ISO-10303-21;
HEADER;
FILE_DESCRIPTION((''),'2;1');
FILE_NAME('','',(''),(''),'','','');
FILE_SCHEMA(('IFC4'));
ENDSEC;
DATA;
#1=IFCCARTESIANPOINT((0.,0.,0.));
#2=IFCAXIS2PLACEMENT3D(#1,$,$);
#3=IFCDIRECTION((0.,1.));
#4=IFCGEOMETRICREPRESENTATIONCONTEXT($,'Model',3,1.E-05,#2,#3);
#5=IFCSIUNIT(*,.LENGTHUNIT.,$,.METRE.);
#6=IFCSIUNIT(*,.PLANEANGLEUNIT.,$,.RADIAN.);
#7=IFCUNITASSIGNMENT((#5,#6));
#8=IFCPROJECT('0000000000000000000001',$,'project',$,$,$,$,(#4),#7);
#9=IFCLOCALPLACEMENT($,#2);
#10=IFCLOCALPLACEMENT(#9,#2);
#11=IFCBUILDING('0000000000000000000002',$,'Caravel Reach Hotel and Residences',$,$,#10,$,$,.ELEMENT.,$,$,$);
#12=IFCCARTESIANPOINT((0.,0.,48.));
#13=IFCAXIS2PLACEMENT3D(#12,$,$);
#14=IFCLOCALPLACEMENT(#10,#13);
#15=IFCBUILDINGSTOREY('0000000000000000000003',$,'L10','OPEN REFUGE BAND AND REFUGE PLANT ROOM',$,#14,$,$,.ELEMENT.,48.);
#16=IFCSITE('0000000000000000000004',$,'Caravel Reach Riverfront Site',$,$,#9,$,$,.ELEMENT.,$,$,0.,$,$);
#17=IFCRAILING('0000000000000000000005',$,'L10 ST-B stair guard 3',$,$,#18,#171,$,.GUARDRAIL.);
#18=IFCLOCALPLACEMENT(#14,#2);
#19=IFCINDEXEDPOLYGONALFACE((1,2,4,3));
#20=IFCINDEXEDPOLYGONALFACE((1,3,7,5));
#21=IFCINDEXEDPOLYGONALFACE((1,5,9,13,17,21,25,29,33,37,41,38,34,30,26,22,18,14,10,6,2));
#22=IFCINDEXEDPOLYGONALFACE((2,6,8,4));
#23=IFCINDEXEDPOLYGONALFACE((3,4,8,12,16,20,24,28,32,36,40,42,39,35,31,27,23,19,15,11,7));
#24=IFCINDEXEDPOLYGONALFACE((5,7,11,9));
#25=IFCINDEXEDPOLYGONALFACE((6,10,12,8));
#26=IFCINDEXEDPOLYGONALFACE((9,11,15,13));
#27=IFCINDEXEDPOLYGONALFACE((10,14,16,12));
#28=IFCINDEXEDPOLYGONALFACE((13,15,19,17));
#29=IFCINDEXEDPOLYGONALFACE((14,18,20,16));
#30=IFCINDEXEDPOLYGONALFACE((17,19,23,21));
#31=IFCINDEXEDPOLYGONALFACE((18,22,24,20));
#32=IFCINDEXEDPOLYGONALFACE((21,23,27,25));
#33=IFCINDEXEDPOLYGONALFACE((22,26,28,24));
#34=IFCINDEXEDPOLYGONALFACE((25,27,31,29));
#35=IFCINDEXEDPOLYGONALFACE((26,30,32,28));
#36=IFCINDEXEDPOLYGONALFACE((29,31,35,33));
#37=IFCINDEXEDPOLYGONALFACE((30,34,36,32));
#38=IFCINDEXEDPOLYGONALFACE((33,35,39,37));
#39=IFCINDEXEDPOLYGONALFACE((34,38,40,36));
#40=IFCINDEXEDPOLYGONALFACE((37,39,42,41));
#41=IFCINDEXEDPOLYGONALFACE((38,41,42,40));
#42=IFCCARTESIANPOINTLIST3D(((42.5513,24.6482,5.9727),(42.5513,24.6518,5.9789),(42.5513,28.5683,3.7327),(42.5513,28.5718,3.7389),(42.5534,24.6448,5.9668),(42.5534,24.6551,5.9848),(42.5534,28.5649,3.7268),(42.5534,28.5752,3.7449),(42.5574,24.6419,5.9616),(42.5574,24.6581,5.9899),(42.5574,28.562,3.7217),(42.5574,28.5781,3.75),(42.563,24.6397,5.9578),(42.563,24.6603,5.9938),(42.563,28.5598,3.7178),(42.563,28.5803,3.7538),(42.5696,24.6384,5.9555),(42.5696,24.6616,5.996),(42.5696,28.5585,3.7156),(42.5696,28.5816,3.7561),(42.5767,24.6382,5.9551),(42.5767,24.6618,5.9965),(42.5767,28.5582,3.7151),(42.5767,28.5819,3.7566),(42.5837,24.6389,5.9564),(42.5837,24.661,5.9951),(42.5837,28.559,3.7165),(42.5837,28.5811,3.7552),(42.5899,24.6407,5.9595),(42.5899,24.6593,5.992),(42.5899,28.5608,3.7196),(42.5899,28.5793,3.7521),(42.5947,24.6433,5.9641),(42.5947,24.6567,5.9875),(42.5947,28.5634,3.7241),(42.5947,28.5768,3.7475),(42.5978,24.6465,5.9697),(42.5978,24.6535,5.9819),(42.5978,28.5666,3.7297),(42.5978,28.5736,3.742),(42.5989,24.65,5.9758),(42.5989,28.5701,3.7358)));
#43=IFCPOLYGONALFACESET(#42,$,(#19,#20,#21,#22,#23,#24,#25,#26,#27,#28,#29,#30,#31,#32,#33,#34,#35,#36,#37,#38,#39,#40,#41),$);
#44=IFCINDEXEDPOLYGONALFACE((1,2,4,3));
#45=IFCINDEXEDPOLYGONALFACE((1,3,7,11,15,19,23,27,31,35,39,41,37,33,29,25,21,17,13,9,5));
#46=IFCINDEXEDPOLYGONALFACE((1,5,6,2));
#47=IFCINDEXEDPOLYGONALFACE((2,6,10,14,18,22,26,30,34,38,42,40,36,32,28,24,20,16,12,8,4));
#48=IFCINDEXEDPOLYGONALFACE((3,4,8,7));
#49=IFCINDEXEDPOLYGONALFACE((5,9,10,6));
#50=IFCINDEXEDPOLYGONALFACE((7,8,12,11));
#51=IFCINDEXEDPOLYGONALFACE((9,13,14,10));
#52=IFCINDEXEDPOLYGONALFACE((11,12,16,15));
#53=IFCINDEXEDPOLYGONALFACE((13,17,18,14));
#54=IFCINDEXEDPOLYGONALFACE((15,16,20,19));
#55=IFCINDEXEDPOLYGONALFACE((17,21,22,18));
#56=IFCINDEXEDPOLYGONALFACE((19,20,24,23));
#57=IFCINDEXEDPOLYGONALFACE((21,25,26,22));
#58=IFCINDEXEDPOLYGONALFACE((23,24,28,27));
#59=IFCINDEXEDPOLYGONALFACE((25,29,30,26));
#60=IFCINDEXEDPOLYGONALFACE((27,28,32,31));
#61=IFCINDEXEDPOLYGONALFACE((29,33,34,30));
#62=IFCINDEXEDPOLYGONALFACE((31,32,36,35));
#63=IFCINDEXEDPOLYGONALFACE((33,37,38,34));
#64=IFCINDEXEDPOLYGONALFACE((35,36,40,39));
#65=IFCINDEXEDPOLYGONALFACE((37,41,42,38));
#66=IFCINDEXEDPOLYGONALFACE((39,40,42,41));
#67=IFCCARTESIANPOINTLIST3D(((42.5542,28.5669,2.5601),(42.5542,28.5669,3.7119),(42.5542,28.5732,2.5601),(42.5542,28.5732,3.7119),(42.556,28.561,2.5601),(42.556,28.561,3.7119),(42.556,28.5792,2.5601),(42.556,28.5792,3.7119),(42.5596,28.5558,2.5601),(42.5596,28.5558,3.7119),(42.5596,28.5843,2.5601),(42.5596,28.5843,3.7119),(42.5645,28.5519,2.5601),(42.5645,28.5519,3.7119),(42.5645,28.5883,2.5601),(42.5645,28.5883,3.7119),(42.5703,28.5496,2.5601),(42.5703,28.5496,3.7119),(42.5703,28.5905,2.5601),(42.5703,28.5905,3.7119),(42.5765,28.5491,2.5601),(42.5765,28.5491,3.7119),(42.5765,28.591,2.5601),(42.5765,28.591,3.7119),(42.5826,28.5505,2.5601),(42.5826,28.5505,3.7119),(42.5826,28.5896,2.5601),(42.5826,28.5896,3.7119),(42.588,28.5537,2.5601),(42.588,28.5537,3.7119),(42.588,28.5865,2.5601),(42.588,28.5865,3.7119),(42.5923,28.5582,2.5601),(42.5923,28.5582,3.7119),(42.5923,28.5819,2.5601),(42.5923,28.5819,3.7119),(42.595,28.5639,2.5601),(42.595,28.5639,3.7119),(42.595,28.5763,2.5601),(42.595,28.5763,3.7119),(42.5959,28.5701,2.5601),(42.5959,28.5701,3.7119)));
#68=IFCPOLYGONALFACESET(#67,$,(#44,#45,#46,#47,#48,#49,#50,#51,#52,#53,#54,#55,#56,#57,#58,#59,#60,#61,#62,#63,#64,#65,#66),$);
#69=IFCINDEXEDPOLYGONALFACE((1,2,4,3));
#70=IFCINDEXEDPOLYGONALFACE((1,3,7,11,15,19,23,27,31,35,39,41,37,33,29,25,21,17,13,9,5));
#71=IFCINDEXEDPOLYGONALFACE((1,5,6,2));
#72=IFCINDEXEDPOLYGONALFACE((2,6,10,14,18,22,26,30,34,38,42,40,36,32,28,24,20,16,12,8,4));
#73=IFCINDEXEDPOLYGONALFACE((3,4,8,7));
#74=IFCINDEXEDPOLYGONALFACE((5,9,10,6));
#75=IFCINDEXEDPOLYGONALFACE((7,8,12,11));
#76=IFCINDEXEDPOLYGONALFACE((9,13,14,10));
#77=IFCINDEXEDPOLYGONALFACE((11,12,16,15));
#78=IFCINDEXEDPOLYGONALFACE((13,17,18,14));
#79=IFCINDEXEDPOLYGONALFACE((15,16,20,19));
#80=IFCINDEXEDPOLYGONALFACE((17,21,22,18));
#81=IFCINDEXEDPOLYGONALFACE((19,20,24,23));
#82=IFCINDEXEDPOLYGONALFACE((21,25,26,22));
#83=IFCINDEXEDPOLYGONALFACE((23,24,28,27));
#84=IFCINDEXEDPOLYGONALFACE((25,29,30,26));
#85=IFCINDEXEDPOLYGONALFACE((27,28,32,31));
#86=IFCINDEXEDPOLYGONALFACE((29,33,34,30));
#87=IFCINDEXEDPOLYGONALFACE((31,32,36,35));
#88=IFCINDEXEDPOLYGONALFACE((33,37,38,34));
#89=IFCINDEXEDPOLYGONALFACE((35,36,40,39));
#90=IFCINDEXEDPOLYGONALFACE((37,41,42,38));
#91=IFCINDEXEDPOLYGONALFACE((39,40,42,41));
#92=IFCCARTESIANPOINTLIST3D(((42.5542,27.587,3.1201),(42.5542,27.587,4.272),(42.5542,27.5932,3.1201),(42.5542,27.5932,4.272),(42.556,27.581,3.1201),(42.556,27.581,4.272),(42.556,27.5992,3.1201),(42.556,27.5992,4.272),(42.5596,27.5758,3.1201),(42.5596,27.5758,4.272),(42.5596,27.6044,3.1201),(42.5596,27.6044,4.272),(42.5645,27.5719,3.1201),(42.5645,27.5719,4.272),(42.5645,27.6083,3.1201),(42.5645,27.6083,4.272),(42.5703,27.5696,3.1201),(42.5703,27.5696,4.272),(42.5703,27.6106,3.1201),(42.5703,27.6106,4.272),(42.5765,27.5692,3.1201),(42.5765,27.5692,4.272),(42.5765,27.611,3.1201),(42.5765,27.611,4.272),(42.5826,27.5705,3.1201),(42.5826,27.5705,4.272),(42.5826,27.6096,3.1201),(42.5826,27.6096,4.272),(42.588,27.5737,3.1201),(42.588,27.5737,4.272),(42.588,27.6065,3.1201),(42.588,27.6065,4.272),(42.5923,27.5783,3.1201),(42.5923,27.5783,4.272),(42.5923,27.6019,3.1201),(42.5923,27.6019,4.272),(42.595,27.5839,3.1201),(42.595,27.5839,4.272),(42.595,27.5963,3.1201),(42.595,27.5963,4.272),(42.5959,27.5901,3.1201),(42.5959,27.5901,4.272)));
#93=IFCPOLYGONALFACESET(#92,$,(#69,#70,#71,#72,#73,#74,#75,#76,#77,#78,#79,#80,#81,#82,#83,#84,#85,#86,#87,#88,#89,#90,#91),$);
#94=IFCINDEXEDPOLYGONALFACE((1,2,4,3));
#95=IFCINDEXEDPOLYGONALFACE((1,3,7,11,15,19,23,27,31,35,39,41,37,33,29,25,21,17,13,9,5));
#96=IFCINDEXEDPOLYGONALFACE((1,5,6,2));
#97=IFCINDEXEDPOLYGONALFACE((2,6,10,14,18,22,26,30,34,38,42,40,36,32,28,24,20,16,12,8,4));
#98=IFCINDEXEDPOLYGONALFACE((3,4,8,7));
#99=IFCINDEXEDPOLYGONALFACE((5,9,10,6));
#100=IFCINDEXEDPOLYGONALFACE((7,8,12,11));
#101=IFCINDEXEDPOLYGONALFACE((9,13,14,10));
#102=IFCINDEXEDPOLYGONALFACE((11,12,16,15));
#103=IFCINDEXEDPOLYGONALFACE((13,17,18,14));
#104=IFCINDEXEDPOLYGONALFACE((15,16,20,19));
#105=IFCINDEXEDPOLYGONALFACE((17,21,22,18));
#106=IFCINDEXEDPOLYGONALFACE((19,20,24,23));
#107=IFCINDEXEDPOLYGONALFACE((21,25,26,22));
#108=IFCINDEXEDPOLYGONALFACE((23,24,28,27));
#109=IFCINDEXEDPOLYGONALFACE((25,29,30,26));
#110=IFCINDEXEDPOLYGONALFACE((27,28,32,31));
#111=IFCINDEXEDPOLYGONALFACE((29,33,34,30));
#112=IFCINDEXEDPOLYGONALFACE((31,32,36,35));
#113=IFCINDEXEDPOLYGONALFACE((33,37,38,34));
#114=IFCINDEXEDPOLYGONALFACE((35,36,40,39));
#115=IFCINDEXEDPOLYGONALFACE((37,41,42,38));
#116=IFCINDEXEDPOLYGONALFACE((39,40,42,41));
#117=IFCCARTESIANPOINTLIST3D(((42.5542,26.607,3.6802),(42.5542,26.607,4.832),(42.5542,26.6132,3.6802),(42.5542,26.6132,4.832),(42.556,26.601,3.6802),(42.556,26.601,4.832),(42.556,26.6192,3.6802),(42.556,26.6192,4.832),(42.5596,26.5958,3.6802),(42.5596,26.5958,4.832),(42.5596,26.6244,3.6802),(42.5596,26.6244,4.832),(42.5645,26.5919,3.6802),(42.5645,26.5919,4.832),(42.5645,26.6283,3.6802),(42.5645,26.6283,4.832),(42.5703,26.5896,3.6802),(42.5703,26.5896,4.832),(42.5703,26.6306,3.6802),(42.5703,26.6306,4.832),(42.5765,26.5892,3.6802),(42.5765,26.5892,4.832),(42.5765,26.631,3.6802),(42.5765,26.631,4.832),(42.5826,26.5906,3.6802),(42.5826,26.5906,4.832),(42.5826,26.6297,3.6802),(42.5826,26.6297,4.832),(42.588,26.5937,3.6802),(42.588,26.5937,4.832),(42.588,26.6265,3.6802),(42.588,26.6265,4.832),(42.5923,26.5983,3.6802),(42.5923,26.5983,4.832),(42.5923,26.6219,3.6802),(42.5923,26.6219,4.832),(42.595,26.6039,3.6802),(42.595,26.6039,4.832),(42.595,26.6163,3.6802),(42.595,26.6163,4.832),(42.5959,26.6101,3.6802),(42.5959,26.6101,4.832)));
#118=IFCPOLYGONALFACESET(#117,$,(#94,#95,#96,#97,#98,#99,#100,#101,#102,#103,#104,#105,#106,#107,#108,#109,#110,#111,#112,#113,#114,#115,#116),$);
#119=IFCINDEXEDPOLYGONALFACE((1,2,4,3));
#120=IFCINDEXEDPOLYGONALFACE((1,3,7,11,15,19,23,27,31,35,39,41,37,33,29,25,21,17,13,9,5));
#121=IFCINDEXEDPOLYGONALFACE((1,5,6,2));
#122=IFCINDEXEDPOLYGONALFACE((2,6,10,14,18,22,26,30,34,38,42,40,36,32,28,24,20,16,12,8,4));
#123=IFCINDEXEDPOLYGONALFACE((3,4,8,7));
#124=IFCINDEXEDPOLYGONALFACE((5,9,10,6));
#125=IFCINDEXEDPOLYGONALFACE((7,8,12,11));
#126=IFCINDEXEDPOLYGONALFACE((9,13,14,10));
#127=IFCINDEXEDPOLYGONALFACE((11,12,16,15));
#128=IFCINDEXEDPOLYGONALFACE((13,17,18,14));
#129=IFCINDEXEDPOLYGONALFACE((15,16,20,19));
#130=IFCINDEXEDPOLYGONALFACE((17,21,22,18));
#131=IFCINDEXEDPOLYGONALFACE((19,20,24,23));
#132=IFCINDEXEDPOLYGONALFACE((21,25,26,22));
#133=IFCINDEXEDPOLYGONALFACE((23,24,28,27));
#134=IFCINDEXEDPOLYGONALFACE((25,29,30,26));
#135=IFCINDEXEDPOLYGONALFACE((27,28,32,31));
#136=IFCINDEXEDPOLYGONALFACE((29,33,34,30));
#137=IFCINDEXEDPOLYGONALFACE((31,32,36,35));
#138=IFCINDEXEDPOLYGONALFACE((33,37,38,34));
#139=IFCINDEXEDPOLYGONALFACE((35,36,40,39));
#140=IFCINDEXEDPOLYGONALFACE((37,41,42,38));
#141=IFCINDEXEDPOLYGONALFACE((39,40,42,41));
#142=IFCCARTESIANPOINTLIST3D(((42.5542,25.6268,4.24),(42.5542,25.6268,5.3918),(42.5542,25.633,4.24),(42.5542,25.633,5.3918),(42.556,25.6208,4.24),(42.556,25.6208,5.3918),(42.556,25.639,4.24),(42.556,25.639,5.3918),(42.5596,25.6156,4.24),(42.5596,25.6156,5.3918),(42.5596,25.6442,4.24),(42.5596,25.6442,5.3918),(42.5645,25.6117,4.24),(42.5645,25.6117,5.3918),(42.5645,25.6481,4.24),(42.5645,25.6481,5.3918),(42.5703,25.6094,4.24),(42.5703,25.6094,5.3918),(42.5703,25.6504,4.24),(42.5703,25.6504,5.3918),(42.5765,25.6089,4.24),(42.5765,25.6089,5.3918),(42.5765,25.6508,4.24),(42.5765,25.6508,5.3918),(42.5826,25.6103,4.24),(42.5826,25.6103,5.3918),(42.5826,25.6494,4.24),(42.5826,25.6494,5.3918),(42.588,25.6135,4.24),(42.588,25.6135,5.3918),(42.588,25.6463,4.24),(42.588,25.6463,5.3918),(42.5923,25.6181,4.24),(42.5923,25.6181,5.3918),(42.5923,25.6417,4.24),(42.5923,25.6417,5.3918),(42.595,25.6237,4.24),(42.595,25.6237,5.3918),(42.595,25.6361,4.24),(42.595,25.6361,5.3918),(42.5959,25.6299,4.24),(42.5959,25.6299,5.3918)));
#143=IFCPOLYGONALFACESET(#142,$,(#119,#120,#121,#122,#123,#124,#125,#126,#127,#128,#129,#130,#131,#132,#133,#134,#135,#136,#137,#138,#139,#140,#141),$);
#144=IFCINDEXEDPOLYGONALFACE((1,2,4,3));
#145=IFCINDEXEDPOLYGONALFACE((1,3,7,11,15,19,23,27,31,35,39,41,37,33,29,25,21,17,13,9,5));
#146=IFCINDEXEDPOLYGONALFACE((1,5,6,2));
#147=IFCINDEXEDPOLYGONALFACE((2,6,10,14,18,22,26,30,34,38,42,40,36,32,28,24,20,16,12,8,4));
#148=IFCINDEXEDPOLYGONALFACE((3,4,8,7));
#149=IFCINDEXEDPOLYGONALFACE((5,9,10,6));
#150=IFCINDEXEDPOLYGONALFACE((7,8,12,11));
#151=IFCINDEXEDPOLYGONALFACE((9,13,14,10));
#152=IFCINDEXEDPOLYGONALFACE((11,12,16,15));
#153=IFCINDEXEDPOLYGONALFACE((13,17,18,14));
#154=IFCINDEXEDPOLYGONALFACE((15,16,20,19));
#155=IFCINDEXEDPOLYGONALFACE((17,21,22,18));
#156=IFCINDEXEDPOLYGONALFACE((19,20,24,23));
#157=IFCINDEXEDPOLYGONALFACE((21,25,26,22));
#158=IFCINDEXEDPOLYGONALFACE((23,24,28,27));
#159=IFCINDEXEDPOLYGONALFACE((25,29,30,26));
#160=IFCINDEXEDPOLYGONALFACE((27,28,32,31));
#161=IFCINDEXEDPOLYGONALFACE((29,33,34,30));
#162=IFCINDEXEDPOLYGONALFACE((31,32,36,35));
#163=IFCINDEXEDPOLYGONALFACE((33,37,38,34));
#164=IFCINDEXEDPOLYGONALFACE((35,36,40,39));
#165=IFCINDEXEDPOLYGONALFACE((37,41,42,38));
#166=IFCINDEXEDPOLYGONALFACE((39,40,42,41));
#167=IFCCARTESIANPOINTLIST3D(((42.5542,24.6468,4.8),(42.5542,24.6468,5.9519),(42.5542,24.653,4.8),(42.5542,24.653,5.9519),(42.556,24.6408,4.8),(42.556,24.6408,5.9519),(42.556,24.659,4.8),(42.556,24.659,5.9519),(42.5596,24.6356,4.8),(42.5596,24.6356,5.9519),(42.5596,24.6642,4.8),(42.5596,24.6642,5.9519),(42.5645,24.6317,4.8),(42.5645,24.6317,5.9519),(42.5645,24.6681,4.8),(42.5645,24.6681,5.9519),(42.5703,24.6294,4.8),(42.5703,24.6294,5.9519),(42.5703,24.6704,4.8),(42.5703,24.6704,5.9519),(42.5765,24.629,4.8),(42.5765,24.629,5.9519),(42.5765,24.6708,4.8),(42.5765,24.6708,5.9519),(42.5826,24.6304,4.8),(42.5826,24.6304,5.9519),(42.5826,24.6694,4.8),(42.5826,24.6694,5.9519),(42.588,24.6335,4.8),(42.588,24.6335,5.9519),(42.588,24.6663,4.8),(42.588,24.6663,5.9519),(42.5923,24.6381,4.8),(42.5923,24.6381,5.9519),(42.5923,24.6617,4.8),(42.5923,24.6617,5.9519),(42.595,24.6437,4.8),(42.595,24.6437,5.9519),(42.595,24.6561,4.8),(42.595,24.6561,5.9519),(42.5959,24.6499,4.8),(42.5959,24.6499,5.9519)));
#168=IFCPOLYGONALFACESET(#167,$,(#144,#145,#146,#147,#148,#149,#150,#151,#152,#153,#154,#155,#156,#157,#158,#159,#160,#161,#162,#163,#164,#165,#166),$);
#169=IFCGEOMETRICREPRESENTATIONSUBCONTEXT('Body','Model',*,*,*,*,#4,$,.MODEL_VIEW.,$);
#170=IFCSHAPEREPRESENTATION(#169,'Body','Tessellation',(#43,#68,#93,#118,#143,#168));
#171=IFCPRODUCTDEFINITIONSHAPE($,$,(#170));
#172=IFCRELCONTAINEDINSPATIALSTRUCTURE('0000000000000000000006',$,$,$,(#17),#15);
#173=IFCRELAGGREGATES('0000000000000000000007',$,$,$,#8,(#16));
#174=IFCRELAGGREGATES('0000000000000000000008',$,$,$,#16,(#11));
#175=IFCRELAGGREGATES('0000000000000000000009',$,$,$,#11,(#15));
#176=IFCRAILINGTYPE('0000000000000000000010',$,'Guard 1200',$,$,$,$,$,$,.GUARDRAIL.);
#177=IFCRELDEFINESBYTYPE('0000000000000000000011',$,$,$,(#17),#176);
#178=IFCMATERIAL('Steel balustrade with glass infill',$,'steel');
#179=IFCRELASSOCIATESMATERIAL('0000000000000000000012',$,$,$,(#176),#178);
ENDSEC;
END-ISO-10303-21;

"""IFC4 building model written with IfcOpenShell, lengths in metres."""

from ifc_helpers import new_model, si_unit, direction, frame, origin, origin_2d, place, context, subcontext, project, spatial, circle, extrude, material, type_object, element, save


model = new_model("IFC4")

# Units and contexts
model_context = context("Model", 3, precision=1e-05, world=origin(), true_north=direction((0.0, 1.0)))
body_context = subcontext(model_context, "Body", "Model", "MODEL_VIEW")
ifc_project = project(units=[si_unit("LENGTHUNIT", "METRE"), si_unit("PLANEANGLEUNIT", "RADIAN")], contexts=[model_context])

# Site, building, storey
site_placement = place(None, origin())
site = spatial("IfcSite", under=ifc_project, at=site_placement, Name="Caravel Reach Riverfront Site", CompositionType="ELEMENT", RefElevation=0.0)
building_placement = place(site_placement, origin())
building = spatial("IfcBuilding", under=site, at=building_placement, Name="Caravel Reach Hotel and Residences", CompositionType="ELEMENT")
storey_placement = place(building_placement, frame((0.0, 0.0, 48.0)))
storey = spatial("IfcBuildingStorey", under=building, at=storey_placement, Name="L10", Description="OPEN REFUGE BAND AND REFUGE PLANT ROOM", CompositionType="ELEMENT", Elevation=48.0)

# Railing
ifc_material_1 = material(Name="Steel balustrade with glass infill", Category="steel")
railing_type_1 = type_object("IfcRailingType", Name="Guard 1200", PredefinedType="GUARDRAIL", material=ifc_material_1)
railing_1_placement = place(storey_placement, frame((42.575, 28.5701, 2.5601)))
element("IfcRailing", 1, at=railing_1_placement, inside=storey, type_object=railing_type_1, Name="L10 ST-B stair guard 3", PredefinedType="GUARDRAIL", context=body_context, shape_type="SweptSolid", body=[
    extrude(circle(Radius=0.0239, at=origin_2d()), frame((0.0, 0.0, 1.1758), z_axis=(0.0, -0.868253, 0.496121), x_axis=(1.0, 0.0, 0.0)), (0.0, 0.0, 1.0), 4.5149),
    extrude(circle(Radius=0.021, at=origin_2d()), origin(), (0.0, 0.0, 1.0), 1.1519),
    extrude(circle(Radius=0.021, at=origin_2d()), frame((0.0, -0.98, 0.5601)), (0.0, 0.0, 1.0), 1.1519),
    extrude(circle(Radius=0.021, at=origin_2d()), frame((0.0, -1.96, 1.1201)), (0.0, 0.0, 1.0), 1.1519),
    extrude(circle(Radius=0.021, at=origin_2d()), frame((0.0, -2.9402, 1.6799)), (0.0, 0.0, 1.0), 1.1519),
    extrude(circle(Radius=0.021, at=origin_2d()), frame((0.0, -3.9202, 2.24)), (0.0, 0.0, 1.0), 1.1519),
])

save(model, "model.ifc")
